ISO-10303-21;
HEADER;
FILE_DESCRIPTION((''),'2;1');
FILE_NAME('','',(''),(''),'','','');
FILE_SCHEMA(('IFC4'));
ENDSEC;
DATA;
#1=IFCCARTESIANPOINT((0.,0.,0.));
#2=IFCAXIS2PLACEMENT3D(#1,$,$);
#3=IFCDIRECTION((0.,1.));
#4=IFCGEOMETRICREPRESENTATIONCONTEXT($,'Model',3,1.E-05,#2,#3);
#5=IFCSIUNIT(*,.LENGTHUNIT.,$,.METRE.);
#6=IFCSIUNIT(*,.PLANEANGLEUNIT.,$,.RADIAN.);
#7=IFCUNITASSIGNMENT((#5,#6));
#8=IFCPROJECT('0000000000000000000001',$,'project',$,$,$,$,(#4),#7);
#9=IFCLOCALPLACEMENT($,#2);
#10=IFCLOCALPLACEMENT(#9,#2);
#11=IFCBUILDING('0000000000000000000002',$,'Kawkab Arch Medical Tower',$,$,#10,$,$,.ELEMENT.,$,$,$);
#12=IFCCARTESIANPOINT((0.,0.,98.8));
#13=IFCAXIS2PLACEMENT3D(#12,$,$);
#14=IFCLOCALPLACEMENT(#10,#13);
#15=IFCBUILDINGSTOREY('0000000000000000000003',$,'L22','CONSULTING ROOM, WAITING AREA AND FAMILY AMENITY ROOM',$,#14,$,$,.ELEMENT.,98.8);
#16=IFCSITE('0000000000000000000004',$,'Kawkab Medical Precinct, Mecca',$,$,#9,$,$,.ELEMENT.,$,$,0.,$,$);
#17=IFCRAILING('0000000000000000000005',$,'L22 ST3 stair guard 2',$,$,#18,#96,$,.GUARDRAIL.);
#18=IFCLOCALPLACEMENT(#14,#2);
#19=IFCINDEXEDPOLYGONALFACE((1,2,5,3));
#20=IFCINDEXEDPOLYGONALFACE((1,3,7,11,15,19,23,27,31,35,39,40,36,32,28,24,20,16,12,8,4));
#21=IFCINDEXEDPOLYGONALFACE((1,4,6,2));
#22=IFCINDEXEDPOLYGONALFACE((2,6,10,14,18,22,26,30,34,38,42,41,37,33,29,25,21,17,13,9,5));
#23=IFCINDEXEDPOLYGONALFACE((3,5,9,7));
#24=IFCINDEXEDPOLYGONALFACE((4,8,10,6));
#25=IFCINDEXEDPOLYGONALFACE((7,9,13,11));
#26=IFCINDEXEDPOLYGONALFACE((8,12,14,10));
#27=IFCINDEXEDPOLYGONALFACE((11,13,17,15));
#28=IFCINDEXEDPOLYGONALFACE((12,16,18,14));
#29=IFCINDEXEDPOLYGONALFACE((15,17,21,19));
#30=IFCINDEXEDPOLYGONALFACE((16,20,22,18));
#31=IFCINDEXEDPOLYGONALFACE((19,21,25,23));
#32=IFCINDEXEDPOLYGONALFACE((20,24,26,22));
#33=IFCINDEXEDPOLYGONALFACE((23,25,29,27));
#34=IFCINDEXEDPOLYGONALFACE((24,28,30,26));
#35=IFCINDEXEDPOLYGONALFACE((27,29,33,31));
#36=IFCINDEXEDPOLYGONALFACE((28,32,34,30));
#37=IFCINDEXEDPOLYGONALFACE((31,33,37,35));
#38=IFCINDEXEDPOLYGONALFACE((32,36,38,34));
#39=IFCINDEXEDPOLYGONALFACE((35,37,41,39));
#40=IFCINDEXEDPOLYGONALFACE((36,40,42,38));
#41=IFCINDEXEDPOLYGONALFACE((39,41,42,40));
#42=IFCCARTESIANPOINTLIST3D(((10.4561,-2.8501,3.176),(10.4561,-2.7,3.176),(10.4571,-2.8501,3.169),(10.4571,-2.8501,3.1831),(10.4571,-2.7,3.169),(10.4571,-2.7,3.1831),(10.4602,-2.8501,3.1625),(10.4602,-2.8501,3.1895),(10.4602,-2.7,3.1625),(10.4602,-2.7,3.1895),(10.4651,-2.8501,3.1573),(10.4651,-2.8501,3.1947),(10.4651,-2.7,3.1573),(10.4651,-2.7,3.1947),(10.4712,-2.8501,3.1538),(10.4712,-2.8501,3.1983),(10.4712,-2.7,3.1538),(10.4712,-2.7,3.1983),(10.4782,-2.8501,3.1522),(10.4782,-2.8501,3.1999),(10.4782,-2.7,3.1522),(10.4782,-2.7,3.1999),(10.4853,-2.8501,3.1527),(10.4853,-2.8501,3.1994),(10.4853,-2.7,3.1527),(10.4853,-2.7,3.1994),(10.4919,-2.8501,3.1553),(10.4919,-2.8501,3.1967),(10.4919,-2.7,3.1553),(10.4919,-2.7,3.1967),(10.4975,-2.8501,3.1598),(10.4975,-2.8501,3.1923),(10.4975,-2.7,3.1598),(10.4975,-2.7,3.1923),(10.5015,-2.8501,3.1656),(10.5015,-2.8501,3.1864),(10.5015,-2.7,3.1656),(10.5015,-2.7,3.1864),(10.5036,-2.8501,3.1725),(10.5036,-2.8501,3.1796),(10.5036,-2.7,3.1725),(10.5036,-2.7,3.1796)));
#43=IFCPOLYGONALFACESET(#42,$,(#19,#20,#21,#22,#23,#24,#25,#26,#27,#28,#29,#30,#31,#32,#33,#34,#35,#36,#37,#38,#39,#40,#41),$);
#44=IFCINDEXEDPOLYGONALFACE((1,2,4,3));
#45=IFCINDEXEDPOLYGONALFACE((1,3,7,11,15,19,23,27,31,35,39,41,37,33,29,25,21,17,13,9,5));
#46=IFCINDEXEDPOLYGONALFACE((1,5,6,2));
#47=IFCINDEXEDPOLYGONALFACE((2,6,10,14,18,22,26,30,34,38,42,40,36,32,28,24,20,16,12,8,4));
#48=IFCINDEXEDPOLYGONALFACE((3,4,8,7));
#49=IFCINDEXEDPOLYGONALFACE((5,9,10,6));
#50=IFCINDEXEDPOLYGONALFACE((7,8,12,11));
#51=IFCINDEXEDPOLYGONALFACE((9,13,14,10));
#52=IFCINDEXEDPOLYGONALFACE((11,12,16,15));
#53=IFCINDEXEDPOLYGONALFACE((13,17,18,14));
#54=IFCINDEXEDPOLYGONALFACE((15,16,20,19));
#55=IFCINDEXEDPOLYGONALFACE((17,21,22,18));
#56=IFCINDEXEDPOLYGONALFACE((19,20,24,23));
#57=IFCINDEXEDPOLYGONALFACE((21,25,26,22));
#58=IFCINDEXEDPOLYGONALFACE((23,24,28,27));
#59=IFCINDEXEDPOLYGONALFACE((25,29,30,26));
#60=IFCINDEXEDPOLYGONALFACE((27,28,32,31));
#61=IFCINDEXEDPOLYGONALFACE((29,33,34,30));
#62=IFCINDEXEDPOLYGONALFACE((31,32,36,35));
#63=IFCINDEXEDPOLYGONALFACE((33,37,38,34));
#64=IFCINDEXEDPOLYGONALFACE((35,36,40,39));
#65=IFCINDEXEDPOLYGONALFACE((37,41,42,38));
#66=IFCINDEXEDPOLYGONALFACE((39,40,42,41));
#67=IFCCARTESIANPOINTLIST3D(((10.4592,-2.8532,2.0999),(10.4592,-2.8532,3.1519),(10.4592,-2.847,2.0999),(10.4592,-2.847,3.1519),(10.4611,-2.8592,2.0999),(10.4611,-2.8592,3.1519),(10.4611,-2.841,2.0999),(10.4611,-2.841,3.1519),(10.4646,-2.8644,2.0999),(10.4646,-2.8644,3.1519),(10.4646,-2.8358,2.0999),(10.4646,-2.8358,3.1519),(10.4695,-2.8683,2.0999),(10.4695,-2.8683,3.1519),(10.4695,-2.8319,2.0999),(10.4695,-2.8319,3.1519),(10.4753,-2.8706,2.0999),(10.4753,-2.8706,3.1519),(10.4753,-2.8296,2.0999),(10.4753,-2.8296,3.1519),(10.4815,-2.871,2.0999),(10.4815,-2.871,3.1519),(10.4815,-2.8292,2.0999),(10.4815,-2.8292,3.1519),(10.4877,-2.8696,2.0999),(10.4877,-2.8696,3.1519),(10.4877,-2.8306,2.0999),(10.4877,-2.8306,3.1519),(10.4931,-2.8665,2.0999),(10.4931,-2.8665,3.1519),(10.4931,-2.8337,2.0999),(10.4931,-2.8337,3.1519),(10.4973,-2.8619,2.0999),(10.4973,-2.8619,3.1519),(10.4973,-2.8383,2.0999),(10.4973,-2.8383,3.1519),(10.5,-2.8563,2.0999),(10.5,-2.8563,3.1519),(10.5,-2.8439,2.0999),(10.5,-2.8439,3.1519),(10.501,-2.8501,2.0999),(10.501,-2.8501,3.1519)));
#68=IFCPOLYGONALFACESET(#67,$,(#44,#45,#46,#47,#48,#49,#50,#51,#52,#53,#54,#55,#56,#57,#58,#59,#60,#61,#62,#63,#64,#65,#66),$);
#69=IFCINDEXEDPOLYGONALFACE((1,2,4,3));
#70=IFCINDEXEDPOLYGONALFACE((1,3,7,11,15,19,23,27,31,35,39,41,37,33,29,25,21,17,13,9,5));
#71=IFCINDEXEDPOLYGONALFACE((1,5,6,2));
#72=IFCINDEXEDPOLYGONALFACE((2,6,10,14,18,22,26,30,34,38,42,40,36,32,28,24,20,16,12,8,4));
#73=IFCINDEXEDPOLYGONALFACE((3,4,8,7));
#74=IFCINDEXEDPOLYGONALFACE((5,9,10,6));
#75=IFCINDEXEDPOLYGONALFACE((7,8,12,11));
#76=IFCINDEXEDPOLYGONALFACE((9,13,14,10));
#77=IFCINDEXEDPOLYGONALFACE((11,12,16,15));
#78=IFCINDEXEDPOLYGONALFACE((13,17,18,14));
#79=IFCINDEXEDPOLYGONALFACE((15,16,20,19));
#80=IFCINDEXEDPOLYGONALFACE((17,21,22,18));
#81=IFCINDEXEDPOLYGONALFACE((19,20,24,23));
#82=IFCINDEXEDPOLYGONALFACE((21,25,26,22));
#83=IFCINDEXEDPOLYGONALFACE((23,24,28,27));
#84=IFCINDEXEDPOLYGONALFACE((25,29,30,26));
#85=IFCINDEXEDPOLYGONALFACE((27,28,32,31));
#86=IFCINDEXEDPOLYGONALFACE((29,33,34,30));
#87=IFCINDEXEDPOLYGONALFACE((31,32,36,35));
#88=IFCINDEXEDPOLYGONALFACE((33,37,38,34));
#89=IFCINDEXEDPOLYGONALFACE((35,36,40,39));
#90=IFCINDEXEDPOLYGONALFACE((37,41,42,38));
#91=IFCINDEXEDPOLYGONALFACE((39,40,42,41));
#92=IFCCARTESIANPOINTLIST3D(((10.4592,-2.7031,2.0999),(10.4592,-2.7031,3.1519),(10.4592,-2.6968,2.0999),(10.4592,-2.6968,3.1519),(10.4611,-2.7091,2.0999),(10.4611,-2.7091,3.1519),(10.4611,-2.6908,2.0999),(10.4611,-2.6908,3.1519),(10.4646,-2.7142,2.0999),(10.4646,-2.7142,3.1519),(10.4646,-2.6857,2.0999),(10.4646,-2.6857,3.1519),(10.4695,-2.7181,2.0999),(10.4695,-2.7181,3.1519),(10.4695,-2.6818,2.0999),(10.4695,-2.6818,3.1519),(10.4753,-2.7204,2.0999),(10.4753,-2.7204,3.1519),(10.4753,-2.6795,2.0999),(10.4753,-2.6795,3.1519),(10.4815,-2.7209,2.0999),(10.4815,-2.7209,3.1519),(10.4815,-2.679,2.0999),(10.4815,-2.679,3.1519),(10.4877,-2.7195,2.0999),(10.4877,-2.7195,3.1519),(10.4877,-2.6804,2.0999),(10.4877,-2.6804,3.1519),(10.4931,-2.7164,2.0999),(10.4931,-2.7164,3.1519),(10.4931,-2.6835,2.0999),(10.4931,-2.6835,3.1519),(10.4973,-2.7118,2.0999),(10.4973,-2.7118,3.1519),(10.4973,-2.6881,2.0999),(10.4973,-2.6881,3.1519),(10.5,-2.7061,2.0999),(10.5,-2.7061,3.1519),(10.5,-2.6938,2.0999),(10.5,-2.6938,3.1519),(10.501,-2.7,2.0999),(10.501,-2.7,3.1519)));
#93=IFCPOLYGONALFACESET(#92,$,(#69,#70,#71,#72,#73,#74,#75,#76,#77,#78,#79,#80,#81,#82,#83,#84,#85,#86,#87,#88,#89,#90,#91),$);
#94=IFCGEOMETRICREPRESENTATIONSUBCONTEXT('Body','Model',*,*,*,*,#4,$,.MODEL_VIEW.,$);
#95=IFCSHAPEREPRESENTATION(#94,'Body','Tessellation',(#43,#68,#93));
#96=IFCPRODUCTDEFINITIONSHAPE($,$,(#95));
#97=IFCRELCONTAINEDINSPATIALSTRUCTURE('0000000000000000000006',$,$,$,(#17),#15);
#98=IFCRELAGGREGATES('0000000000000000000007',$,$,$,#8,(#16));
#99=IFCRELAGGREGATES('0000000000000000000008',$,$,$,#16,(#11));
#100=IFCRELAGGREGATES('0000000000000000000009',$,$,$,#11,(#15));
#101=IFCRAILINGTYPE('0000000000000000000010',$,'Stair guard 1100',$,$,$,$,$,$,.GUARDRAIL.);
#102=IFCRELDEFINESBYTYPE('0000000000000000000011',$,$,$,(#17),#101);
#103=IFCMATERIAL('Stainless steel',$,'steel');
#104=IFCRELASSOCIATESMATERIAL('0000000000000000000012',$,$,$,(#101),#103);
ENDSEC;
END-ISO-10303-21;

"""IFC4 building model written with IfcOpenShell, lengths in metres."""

from ifc_helpers import new_model, si_unit, direction, frame, origin, origin_2d, place, context, subcontext, project, spatial, circle, extrude, material, type_object, element, save


model = new_model("IFC4")

# Units and contexts
model_context = context("Model", 3, precision=1e-05, world=origin(), true_north=direction((0.0, 1.0)))
body_context = subcontext(model_context, "Body", "Model", "MODEL_VIEW")
ifc_project = project(units=[si_unit("LENGTHUNIT", "METRE"), si_unit("PLANEANGLEUNIT", "RADIAN")], contexts=[model_context])

# Site, building, storey
site_placement = place(None, origin())
site = spatial("IfcSite", under=ifc_project, at=site_placement, Name="Kawkab Medical Precinct, Mecca", CompositionType="ELEMENT", RefElevation=0.0)
building_placement = place(site_placement, origin())
building = spatial("IfcBuilding", under=site, at=building_placement, Name="Kawkab Arch Medical Tower", CompositionType="ELEMENT")
storey_placement = place(building_placement, frame((0.0, 0.0, 98.8)))
storey = spatial("IfcBuildingStorey", under=building, at=storey_placement, Name="L22", Description="CONSULTING ROOM, WAITING AREA AND FAMILY AMENITY ROOM", CompositionType="ELEMENT", Elevation=98.8)

# Railing
ifc_material_1 = material(Name="Stainless steel", Category="steel")
railing_type = type_object("IfcRailingType", Name="Stair guard 1100", PredefinedType="GUARDRAIL", material=ifc_material_1)
railing_1_placement = place(storey_placement, frame((10.48, -2.8501, 2.0999)))
element("IfcRailing", 1, at=railing_1_placement, inside=storey, type_object=railing_type, Name="L22 ST3 stair guard 2", PredefinedType="GUARDRAIL", context=body_context, shape_type="SweptSolid", body=[
    extrude(circle(Radius=0.0239, at=origin_2d()), frame((0.0, 0.0, 1.0762), z_axis=(0.0, 1.0, 0.0), x_axis=(-1.0, 0.0, 0.0)), (0.0, 0.0, 1.0), 0.1501),
    extrude(circle(Radius=0.021, at=origin_2d()), origin(), (0.0, 0.0, 1.0), 1.052),
    extrude(circle(Radius=0.021, at=origin_2d()), frame((0.0, 0.1501, 0.0)), (0.0, 0.0, 1.0), 1.052),
])

save(model, "model.ifc")
